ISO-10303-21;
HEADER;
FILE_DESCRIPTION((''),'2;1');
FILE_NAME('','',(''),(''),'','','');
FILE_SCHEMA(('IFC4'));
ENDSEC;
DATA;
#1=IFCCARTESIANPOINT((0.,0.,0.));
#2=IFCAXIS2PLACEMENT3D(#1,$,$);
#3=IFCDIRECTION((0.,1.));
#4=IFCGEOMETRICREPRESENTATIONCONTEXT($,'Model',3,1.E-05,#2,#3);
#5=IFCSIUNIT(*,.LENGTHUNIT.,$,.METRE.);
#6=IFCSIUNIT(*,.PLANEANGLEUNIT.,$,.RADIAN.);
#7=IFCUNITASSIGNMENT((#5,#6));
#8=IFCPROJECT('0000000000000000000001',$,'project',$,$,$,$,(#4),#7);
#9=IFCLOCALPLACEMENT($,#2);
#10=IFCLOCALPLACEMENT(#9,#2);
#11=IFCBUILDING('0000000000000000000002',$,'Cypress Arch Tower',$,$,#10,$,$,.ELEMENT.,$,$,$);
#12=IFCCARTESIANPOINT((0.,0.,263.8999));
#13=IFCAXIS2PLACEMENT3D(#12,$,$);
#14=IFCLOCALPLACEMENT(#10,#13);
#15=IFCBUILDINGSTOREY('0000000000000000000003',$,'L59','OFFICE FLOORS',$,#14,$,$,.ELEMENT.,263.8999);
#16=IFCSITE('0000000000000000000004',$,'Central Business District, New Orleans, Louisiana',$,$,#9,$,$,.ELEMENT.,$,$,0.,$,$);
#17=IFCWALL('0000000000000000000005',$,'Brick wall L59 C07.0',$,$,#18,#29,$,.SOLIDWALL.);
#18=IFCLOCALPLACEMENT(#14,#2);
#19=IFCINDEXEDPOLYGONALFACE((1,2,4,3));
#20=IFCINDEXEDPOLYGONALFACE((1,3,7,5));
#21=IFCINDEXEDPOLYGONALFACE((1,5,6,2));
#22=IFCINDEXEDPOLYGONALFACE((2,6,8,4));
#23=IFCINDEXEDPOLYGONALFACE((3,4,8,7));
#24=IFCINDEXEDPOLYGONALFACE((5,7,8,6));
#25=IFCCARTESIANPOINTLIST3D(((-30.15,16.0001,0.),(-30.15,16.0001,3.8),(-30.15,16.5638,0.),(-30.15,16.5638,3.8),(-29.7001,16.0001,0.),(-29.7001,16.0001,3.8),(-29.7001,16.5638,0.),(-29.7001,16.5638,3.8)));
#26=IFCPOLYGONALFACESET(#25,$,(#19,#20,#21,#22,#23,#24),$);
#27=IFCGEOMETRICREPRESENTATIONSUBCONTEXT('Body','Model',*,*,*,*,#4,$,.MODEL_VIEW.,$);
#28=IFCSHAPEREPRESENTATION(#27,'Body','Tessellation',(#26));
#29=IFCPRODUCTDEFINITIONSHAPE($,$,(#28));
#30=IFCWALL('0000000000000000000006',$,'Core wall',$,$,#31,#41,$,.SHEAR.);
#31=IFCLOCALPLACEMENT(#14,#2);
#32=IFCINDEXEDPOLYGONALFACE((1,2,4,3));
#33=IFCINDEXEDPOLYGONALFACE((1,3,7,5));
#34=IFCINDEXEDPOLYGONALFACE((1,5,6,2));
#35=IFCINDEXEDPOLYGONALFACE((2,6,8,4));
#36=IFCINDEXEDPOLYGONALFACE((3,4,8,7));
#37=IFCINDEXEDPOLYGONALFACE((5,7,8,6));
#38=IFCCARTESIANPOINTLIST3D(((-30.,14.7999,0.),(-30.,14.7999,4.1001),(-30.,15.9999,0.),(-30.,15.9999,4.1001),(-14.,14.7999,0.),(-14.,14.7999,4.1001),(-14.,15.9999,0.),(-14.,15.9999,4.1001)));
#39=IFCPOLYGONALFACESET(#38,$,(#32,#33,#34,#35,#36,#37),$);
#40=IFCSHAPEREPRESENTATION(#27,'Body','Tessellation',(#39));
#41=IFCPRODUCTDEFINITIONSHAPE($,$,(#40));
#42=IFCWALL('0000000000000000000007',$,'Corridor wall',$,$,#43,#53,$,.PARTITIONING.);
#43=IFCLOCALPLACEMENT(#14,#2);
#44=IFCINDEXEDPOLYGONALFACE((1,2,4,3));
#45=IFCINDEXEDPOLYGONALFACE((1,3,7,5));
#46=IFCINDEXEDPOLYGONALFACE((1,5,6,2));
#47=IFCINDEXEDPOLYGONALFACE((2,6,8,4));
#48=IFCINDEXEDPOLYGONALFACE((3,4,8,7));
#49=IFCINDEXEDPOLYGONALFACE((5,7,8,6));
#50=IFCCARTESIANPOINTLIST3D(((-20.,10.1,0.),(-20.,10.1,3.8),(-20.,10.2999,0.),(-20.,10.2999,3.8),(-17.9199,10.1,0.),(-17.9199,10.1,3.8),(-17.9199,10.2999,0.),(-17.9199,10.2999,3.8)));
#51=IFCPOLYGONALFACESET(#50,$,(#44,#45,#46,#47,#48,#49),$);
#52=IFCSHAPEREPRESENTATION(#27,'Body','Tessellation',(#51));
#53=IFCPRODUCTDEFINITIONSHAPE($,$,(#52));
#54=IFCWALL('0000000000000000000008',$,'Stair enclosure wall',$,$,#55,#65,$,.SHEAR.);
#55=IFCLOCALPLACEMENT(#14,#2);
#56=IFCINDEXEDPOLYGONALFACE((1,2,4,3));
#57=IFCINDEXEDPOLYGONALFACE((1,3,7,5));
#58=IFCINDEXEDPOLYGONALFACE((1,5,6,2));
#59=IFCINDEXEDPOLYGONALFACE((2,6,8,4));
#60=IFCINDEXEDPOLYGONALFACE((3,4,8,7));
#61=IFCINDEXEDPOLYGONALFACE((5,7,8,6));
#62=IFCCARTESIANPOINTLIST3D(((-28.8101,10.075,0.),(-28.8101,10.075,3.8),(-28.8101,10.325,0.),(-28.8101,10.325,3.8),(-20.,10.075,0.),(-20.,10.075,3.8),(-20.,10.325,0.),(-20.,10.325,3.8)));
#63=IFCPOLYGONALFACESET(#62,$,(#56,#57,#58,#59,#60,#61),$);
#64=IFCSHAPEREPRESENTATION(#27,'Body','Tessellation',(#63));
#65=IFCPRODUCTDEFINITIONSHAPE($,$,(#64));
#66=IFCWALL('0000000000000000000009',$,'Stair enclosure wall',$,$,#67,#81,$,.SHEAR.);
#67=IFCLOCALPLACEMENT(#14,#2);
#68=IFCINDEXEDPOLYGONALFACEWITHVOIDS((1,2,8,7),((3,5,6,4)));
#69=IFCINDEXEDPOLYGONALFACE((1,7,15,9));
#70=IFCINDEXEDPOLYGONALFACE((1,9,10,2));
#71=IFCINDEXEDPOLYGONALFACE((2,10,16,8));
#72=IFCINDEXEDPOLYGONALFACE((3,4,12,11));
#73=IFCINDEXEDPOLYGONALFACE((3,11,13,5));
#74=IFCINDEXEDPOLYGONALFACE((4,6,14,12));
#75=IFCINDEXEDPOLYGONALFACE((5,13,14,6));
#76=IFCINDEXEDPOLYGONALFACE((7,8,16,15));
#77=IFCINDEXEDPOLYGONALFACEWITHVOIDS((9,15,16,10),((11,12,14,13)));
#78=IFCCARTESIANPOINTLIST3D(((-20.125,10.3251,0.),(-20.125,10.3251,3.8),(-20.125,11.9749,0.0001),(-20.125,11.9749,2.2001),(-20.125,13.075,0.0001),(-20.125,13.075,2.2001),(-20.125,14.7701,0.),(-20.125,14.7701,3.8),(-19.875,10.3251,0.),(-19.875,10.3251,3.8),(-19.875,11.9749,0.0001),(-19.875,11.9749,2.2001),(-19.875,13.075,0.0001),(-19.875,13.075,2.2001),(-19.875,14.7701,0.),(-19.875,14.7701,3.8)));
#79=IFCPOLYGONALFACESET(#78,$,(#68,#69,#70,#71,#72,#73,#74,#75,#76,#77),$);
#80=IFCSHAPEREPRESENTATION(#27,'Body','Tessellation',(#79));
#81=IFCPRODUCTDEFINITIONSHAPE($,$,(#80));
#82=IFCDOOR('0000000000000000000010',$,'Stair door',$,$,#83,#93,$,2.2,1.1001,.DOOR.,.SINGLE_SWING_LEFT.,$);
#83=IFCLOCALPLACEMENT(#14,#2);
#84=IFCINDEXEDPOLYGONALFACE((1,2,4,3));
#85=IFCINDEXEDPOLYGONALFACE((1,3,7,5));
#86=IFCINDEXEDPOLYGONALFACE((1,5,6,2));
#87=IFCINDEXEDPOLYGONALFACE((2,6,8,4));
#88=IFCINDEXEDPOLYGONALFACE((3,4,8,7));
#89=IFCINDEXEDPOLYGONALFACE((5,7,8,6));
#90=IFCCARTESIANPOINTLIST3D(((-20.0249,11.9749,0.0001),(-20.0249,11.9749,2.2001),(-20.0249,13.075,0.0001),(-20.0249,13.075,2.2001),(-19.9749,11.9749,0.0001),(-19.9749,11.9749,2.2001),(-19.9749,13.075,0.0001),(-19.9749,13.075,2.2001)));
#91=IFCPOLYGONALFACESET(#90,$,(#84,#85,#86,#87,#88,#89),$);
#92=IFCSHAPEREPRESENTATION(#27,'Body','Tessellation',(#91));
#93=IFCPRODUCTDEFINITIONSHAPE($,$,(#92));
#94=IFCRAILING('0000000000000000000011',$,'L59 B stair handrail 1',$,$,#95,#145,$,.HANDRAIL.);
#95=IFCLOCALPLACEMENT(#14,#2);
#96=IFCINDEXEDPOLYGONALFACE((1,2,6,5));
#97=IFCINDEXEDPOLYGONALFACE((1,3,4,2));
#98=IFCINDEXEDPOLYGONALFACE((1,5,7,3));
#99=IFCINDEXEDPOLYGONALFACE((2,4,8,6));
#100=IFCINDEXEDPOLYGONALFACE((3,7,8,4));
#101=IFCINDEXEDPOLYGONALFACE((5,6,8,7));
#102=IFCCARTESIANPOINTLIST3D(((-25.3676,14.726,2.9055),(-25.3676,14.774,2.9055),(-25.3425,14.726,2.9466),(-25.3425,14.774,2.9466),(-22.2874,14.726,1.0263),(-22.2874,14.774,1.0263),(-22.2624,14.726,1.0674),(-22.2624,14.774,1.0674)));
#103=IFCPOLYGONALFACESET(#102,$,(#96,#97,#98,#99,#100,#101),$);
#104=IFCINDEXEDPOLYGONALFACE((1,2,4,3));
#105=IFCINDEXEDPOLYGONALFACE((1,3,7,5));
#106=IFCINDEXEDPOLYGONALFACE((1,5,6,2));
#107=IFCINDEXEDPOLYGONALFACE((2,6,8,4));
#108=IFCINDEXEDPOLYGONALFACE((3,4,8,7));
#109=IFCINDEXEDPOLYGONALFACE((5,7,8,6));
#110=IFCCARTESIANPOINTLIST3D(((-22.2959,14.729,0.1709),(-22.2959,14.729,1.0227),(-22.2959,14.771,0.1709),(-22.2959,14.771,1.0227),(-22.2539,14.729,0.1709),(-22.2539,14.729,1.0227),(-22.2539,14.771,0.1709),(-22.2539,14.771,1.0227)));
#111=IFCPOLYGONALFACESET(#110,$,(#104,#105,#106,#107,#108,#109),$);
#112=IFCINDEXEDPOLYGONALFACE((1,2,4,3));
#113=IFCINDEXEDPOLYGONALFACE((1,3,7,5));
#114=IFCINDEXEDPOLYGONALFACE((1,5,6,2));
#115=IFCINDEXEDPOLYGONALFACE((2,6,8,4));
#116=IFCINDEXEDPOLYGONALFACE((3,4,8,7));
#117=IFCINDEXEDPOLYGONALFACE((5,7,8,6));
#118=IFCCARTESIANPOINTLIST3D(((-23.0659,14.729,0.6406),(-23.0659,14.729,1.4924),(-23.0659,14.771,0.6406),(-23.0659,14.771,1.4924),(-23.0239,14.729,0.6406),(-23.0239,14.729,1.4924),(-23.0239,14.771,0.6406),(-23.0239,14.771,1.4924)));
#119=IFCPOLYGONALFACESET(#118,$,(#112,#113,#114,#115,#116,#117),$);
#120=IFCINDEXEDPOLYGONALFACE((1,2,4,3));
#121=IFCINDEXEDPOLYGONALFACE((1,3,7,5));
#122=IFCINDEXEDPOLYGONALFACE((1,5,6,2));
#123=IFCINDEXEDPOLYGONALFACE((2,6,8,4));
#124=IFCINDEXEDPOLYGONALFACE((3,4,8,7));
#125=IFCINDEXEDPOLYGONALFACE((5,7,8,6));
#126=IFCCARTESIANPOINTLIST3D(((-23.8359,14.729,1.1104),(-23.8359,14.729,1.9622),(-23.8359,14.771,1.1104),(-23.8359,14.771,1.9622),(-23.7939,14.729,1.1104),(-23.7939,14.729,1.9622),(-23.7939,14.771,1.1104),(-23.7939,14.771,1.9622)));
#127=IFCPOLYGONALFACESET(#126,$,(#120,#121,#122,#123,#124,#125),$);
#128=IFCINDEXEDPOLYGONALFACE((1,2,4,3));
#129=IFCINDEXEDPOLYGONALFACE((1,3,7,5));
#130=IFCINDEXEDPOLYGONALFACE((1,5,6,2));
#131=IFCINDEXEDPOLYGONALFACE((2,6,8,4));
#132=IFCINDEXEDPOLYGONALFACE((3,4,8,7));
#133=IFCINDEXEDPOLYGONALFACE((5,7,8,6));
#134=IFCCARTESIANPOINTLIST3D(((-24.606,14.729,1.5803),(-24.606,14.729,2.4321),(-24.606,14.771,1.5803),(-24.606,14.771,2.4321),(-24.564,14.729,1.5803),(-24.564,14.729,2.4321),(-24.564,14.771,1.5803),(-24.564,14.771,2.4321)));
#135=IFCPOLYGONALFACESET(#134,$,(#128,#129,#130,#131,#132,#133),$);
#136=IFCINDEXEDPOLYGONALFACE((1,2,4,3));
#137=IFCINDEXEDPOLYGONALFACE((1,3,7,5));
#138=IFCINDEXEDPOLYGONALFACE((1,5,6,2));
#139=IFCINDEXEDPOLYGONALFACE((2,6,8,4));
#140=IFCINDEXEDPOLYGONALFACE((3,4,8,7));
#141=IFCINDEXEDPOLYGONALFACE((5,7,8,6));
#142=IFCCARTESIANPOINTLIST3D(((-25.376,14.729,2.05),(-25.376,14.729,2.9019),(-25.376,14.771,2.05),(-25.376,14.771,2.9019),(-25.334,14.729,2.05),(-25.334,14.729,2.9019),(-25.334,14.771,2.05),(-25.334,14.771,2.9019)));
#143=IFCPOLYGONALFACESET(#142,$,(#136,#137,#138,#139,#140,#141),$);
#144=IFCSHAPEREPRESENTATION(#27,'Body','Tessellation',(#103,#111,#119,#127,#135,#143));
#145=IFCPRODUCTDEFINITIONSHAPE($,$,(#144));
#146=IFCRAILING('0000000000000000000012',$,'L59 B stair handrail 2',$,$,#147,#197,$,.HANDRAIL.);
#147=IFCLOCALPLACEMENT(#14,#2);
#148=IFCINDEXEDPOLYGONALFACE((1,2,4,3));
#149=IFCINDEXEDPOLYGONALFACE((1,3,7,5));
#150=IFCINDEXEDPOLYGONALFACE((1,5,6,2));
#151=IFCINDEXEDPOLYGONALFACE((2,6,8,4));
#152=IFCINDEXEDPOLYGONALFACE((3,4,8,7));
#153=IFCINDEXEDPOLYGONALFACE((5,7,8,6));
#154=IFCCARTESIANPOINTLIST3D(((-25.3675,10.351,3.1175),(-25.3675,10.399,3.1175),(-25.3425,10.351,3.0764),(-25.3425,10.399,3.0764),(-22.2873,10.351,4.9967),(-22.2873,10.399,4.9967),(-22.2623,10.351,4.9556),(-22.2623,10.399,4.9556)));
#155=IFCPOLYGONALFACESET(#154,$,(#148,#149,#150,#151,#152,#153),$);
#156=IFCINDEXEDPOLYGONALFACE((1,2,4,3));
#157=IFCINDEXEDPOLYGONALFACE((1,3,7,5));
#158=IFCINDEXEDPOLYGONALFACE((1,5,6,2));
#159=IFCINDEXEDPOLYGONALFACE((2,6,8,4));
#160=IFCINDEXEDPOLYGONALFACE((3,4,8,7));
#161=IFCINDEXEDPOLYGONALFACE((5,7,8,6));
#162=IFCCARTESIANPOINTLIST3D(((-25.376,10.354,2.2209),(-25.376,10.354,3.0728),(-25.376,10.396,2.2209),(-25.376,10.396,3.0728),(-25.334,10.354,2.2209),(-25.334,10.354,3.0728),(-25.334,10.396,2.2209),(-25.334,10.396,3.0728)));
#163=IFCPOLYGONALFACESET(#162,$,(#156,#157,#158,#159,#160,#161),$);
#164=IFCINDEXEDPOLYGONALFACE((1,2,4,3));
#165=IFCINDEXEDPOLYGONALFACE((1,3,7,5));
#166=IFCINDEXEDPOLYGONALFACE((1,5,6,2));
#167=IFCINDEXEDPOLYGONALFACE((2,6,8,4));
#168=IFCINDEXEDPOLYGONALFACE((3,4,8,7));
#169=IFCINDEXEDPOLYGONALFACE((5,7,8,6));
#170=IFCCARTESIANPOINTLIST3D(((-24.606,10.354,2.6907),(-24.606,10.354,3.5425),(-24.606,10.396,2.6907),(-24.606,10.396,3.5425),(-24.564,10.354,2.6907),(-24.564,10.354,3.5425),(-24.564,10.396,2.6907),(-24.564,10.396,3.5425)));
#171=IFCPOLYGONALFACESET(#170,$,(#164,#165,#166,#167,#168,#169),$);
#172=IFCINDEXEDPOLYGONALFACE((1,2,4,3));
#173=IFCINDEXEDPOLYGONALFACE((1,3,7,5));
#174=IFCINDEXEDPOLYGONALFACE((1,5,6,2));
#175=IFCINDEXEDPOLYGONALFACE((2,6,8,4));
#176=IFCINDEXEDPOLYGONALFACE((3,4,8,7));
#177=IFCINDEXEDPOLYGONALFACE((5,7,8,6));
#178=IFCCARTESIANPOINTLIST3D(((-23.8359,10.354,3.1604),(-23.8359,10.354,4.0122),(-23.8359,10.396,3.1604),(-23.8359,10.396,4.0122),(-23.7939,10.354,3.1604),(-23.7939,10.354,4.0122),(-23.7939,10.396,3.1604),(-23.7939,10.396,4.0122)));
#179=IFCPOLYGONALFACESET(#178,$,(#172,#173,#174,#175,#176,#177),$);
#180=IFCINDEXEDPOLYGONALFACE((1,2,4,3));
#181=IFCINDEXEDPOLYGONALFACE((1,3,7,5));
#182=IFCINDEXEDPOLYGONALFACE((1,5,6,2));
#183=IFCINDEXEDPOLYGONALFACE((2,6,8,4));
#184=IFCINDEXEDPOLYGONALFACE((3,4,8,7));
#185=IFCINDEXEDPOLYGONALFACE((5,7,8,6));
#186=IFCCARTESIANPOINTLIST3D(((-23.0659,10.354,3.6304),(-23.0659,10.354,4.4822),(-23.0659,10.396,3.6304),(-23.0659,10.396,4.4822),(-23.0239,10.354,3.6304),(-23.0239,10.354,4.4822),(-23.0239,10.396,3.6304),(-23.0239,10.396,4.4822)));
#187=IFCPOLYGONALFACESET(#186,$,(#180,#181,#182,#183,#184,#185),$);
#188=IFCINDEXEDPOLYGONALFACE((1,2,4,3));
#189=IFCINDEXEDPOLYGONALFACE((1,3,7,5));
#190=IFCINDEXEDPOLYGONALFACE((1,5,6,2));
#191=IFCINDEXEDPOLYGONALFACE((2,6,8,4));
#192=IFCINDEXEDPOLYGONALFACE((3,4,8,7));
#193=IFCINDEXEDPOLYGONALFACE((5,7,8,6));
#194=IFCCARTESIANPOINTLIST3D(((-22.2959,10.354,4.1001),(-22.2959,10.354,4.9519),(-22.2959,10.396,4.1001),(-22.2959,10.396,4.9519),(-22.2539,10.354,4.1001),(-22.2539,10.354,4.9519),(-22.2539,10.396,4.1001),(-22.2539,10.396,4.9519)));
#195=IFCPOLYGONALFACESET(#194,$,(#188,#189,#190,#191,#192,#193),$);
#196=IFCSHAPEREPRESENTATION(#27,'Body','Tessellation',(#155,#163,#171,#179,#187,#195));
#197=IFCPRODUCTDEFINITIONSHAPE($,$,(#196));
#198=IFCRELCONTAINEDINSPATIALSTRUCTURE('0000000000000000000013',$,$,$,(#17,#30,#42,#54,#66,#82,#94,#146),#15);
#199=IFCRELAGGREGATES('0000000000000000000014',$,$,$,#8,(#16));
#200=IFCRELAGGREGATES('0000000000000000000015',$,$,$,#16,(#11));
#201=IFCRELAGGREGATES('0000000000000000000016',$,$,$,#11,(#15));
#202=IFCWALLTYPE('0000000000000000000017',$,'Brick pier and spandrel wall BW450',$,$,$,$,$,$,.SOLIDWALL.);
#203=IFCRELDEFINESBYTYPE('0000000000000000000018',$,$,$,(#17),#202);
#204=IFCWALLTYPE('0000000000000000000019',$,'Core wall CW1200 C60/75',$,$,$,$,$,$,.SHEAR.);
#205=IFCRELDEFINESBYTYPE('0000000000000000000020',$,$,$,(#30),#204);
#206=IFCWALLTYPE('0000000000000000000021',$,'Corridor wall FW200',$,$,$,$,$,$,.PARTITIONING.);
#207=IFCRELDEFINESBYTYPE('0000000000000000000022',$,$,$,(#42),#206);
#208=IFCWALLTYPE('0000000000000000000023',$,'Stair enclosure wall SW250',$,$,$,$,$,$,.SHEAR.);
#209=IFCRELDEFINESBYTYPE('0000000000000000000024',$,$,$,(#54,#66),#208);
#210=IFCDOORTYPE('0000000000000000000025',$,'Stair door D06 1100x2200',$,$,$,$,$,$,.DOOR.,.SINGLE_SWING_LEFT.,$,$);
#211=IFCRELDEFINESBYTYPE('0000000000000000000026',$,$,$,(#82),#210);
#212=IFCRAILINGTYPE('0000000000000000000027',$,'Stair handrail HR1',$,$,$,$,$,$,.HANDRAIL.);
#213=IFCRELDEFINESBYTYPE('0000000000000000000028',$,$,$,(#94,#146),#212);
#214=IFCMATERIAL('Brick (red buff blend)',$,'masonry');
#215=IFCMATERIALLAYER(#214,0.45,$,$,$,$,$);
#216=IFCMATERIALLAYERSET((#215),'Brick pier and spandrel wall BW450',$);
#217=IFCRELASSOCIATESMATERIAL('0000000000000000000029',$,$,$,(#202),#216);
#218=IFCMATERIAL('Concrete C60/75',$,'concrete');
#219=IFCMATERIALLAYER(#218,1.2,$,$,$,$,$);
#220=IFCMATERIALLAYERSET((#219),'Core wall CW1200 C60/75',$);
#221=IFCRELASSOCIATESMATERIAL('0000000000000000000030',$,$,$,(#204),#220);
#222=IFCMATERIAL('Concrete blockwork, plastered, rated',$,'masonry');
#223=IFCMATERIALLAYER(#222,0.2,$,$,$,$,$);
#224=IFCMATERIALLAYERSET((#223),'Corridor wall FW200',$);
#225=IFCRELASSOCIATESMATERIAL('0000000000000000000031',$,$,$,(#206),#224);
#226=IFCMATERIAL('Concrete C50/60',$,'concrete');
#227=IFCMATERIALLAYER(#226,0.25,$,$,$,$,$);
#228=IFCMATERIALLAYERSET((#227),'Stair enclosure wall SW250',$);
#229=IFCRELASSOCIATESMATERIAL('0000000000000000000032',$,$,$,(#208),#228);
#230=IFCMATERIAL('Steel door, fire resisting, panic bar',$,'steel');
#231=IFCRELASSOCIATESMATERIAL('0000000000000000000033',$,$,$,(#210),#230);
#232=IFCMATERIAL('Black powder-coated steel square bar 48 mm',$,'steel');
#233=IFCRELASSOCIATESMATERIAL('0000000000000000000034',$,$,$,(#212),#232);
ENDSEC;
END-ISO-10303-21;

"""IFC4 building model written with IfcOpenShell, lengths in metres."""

from ifc_helpers import new_model, si_unit, direction, frame, frame_2d, origin, origin_2d, place, context, subcontext, project, spatial, rectangle, extrude, material, layer, layer_set, type_object, element, fill, save


model = new_model("IFC4")

# Units and contexts
model_context = context("Model", 3, precision=1e-05, world=origin(), true_north=direction((0.0, 1.0)))
body_context = subcontext(model_context, "Body", "Model", "MODEL_VIEW")
ifc_project = project(units=[si_unit("LENGTHUNIT", "METRE"), si_unit("PLANEANGLEUNIT", "RADIAN")], contexts=[model_context])

# Site, building, storey
site_placement = place(None, origin())
site = spatial("IfcSite", under=ifc_project, at=site_placement, Name="Central Business District, New Orleans, Louisiana", CompositionType="ELEMENT", RefElevation=0.0)
building_placement = place(site_placement, origin())
building = spatial("IfcBuilding", under=site, at=building_placement, Name="Cypress Arch Tower", CompositionType="ELEMENT")
storey_placement = place(building_placement, frame((0.0, 0.0, 263.8999)))
storey = spatial("IfcBuildingStorey", under=building, at=storey_placement, Name="L59", Description="OFFICE FLOORS", CompositionType="ELEMENT", Elevation=263.8999)

# Shared definitions
ifc_material_1 = material(Name="Brick (red buff blend)", Category="masonry")
ifc_layer_1 = layer(ifc_material_1, 0.45)
ifc_layer_set_1 = layer_set([ifc_layer_1], Name="Brick pier and spandrel wall BW450")
wall_type_1 = type_object("IfcWallType", Name="Brick pier and spandrel wall BW450", PredefinedType="SOLIDWALL", material=ifc_layer_set_1)

# Walls
wall_1_placement = place(storey_placement, frame((-29.925, 16.5637, 0.0), z_axis=(0.0, 0.0, 1.0), x_axis=(0.0, -1.0, 0.0)))
element("IfcWall", 1, at=wall_1_placement, inside=storey, type_object=wall_type_1, Name="Brick wall L59 C07.0", PredefinedType="SOLIDWALL", context=body_context, shape_type="SweptSolid", body=[
    extrude(rectangle(XDim=0.5637, YDim=0.45, at=frame_2d((0.2817, 0.0))), origin(), (0.0, 0.0, 1.0), 3.8),
])
ifc_material_2 = material(Name="Concrete C60/75", Category="concrete")
ifc_layer_2 = layer(ifc_material_2, 1.2)
ifc_layer_set_2 = layer_set([ifc_layer_2], Name="Core wall CW1200 C60/75")
wall_type_2 = type_object("IfcWallType", Name="Core wall CW1200 C60/75", PredefinedType="SHEAR", material=ifc_layer_set_2)
wall_2_placement = place(storey_placement, frame((-30.0, 15.3999, 0.0), z_axis=(0.0, 0.0, 1.0), x_axis=(1.0, 0.0, 0.0)))
element("IfcWall", 2, at=wall_2_placement, inside=storey, type_object=wall_type_2, Name="Core wall", PredefinedType="SHEAR", context=body_context, shape_type="SweptSolid", body=[
    extrude(rectangle(XDim=16.0, YDim=1.2, at=frame_2d((8.0, 0.0))), origin(), (0.0, 0.0, 1.0), 4.1001),
])
ifc_material_3 = material(Name="Concrete blockwork, plastered, rated", Category="masonry")
ifc_layer_3 = layer(ifc_material_3, 0.2)
ifc_layer_set_3 = layer_set([ifc_layer_3], Name="Corridor wall FW200")
wall_type_3 = type_object("IfcWallType", Name="Corridor wall FW200", PredefinedType="PARTITIONING", material=ifc_layer_set_3)
wall_3_placement = place(storey_placement, frame((-20.0, 10.2, 0.0), z_axis=(0.0, 0.0, 1.0), x_axis=(1.0, 0.0, 0.0)))
element("IfcWall", 3, at=wall_3_placement, inside=storey, type_object=wall_type_3, Name="Corridor wall", PredefinedType="PARTITIONING", context=body_context, shape_type="SweptSolid", body=[
    extrude(rectangle(XDim=2.0801, YDim=0.2, at=frame_2d((1.04, 0.0))), origin(), (0.0, 0.0, 1.0), 3.8),
])
ifc_material_4 = material(Name="Concrete C50/60", Category="concrete")
ifc_layer_4 = layer(ifc_material_4, 0.25)
ifc_layer_set_4 = layer_set([ifc_layer_4], Name="Stair enclosure wall SW250")
wall_type_4 = type_object("IfcWallType", Name="Stair enclosure wall SW250", PredefinedType="SHEAR", material=ifc_layer_set_4)
wall_4_placement = place(storey_placement, frame((-28.8101, 10.2, 0.0), z_axis=(0.0, 0.0, 1.0), x_axis=(1.0, 0.0, 0.0)))
element("IfcWall", 4, at=wall_4_placement, inside=storey, type_object=wall_type_4, Name="Stair enclosure wall", PredefinedType="SHEAR", context=body_context, shape_type="SweptSolid", body=[
    extrude(rectangle(XDim=8.8101, YDim=0.25, at=frame_2d((4.405, 0.0))), origin(), (0.0, 0.0, 1.0), 3.8),
])

# Wall, opening, door
wall_5_placement = place(storey_placement, frame((-20.0, 10.325, 0.0), z_axis=(0.0, 0.0, 1.0), x_axis=(0.0, 1.0, 0.0)))
wall_5 = element("IfcWall", 5, at=wall_5_placement, inside=storey, type_object=wall_type_4, Name="Stair enclosure wall", PredefinedType="SHEAR", context=body_context, shape_type="SweptSolid", body=[
    extrude(rectangle(XDim=4.4451, YDim=0.25, at=frame_2d((2.2227, 0.0))), origin(), (0.0, 0.0, 1.0), 3.8),
])
opening_1_placement = place(wall_5_placement, frame((1.6499, 0.0, 0.0)))
opening_1 = element("IfcOpeningElement", 6, at=opening_1_placement, cuts=wall_5, PredefinedType="OPENING", context=body_context, shape_type="SweptSolid", body=[
    extrude(rectangle(XDim=1.1001, YDim=2.2, at=frame_2d((0.55, 1.1001))), frame((0.0, 0.135, 0.0), z_axis=(0.0, -1.0, 0.0), x_axis=(1.0, 0.0, 0.0)), (0.0, 0.0, 1.0), 0.27),
])
ifc_material_5 = material(Name="Steel door, fire resisting, panic bar", Category="steel")
door_type = type_object("IfcDoorType", Name="Stair door D06 1100x2200", OperationType="SINGLE_SWING_LEFT", PredefinedType="DOOR", material=ifc_material_5)
door_placement = place(opening_1_placement, origin())
door = element("IfcDoor", 7, at=door_placement, inside=storey, type_object=door_type, Name="Stair door", OperationType="SINGLE_SWING_LEFT", OverallHeight=2.2, OverallWidth=1.1001, PredefinedType="DOOR", context=body_context, shape_type="SweptSolid", body=[
    extrude(rectangle(XDim=1.1001, YDim=2.2, at=frame_2d((0.55, 1.1001))), frame((0.0, 0.0249, 0.0), z_axis=(0.0, -1.0, 0.0), x_axis=(1.0, 0.0, 0.0)), (0.0, 0.0, 1.0), 0.05),
])
fill(opening_1, door)

# Railings
ifc_material_6 = material(Name="Black powder-coated steel square bar 48 mm", Category="steel")
railing_type_1 = type_object("IfcRailingType", Name="Stair handrail HR1", PredefinedType="HANDRAIL", material=ifc_material_6)
railing_1_placement = place(storey_placement, frame((-22.2749, 14.75, 0.1709)))
element("IfcRailing", 8, at=railing_1_placement, inside=storey, type_object=railing_type_1, Name="L59 B stair handrail 1", PredefinedType="HANDRAIL", context=body_context, shape_type="SweptSolid", body=[
    extrude(rectangle(XDim=0.0481, YDim=0.0481, at=origin_2d()), frame((0.0, 0.0, 0.876), z_axis=(-0.853666, 0.0, 0.52082), x_axis=(0.0, -1.0, 0.0)), (0.0, 0.0, 1.0), 3.6082),
    extrude(rectangle(XDim=0.042, YDim=0.042, at=origin_2d()), origin(), (0.0, 0.0, 1.0), 0.8518),
    extrude(rectangle(XDim=0.042, YDim=0.042, at=origin_2d()), frame((-0.77, 0.0, 0.4697)), (0.0, 0.0, 1.0), 0.8518),
    extrude(rectangle(XDim=0.042, YDim=0.042, at=origin_2d()), frame((-1.54, 0.0, 0.9395)), (0.0, 0.0, 1.0), 0.8518),
    extrude(rectangle(XDim=0.042, YDim=0.042, at=origin_2d()), frame((-2.3101, 0.0, 1.4094)), (0.0, 0.0, 1.0), 0.8518),
    extrude(rectangle(XDim=0.042, YDim=0.042, at=origin_2d()), frame((-3.0801, 0.0, 1.8792)), (0.0, 0.0, 1.0), 0.8518),
])
railing_2_placement = place(storey_placement, frame((-25.355, 10.375, 2.2209)))
element("IfcRailing", 9, at=railing_2_placement, inside=storey, type_object=railing_type_1, Name="L59 B stair handrail 2", PredefinedType="HANDRAIL", context=body_context, shape_type="SweptSolid", body=[
    extrude(rectangle(XDim=0.0481, YDim=0.0481, at=origin_2d()), frame((0.0, 0.0, 0.876), z_axis=(0.853666, 0.0, 0.52082), x_axis=(0.0, 1.0, 0.0)), (0.0, 0.0, 1.0), 3.6082),
    extrude(rectangle(XDim=0.042, YDim=0.042, at=origin_2d()), origin(), (0.0, 0.0, 1.0), 0.8518),
    extrude(rectangle(XDim=0.042, YDim=0.042, at=origin_2d()), frame((0.77, 0.0, 0.4697)), (0.0, 0.0, 1.0), 0.8518),
    extrude(rectangle(XDim=0.042, YDim=0.042, at=origin_2d()), frame((1.54, 0.0, 0.9395)), (0.0, 0.0, 1.0), 0.8518),
    extrude(rectangle(XDim=0.042, YDim=0.042, at=origin_2d()), frame((2.3101, 0.0, 1.4094)), (0.0, 0.0, 1.0), 0.8518),
    extrude(rectangle(XDim=0.042, YDim=0.042, at=origin_2d()), frame((3.0801, 0.0, 1.8792)), (0.0, 0.0, 1.0), 0.8518),
])

save(model, "model.ifc")
